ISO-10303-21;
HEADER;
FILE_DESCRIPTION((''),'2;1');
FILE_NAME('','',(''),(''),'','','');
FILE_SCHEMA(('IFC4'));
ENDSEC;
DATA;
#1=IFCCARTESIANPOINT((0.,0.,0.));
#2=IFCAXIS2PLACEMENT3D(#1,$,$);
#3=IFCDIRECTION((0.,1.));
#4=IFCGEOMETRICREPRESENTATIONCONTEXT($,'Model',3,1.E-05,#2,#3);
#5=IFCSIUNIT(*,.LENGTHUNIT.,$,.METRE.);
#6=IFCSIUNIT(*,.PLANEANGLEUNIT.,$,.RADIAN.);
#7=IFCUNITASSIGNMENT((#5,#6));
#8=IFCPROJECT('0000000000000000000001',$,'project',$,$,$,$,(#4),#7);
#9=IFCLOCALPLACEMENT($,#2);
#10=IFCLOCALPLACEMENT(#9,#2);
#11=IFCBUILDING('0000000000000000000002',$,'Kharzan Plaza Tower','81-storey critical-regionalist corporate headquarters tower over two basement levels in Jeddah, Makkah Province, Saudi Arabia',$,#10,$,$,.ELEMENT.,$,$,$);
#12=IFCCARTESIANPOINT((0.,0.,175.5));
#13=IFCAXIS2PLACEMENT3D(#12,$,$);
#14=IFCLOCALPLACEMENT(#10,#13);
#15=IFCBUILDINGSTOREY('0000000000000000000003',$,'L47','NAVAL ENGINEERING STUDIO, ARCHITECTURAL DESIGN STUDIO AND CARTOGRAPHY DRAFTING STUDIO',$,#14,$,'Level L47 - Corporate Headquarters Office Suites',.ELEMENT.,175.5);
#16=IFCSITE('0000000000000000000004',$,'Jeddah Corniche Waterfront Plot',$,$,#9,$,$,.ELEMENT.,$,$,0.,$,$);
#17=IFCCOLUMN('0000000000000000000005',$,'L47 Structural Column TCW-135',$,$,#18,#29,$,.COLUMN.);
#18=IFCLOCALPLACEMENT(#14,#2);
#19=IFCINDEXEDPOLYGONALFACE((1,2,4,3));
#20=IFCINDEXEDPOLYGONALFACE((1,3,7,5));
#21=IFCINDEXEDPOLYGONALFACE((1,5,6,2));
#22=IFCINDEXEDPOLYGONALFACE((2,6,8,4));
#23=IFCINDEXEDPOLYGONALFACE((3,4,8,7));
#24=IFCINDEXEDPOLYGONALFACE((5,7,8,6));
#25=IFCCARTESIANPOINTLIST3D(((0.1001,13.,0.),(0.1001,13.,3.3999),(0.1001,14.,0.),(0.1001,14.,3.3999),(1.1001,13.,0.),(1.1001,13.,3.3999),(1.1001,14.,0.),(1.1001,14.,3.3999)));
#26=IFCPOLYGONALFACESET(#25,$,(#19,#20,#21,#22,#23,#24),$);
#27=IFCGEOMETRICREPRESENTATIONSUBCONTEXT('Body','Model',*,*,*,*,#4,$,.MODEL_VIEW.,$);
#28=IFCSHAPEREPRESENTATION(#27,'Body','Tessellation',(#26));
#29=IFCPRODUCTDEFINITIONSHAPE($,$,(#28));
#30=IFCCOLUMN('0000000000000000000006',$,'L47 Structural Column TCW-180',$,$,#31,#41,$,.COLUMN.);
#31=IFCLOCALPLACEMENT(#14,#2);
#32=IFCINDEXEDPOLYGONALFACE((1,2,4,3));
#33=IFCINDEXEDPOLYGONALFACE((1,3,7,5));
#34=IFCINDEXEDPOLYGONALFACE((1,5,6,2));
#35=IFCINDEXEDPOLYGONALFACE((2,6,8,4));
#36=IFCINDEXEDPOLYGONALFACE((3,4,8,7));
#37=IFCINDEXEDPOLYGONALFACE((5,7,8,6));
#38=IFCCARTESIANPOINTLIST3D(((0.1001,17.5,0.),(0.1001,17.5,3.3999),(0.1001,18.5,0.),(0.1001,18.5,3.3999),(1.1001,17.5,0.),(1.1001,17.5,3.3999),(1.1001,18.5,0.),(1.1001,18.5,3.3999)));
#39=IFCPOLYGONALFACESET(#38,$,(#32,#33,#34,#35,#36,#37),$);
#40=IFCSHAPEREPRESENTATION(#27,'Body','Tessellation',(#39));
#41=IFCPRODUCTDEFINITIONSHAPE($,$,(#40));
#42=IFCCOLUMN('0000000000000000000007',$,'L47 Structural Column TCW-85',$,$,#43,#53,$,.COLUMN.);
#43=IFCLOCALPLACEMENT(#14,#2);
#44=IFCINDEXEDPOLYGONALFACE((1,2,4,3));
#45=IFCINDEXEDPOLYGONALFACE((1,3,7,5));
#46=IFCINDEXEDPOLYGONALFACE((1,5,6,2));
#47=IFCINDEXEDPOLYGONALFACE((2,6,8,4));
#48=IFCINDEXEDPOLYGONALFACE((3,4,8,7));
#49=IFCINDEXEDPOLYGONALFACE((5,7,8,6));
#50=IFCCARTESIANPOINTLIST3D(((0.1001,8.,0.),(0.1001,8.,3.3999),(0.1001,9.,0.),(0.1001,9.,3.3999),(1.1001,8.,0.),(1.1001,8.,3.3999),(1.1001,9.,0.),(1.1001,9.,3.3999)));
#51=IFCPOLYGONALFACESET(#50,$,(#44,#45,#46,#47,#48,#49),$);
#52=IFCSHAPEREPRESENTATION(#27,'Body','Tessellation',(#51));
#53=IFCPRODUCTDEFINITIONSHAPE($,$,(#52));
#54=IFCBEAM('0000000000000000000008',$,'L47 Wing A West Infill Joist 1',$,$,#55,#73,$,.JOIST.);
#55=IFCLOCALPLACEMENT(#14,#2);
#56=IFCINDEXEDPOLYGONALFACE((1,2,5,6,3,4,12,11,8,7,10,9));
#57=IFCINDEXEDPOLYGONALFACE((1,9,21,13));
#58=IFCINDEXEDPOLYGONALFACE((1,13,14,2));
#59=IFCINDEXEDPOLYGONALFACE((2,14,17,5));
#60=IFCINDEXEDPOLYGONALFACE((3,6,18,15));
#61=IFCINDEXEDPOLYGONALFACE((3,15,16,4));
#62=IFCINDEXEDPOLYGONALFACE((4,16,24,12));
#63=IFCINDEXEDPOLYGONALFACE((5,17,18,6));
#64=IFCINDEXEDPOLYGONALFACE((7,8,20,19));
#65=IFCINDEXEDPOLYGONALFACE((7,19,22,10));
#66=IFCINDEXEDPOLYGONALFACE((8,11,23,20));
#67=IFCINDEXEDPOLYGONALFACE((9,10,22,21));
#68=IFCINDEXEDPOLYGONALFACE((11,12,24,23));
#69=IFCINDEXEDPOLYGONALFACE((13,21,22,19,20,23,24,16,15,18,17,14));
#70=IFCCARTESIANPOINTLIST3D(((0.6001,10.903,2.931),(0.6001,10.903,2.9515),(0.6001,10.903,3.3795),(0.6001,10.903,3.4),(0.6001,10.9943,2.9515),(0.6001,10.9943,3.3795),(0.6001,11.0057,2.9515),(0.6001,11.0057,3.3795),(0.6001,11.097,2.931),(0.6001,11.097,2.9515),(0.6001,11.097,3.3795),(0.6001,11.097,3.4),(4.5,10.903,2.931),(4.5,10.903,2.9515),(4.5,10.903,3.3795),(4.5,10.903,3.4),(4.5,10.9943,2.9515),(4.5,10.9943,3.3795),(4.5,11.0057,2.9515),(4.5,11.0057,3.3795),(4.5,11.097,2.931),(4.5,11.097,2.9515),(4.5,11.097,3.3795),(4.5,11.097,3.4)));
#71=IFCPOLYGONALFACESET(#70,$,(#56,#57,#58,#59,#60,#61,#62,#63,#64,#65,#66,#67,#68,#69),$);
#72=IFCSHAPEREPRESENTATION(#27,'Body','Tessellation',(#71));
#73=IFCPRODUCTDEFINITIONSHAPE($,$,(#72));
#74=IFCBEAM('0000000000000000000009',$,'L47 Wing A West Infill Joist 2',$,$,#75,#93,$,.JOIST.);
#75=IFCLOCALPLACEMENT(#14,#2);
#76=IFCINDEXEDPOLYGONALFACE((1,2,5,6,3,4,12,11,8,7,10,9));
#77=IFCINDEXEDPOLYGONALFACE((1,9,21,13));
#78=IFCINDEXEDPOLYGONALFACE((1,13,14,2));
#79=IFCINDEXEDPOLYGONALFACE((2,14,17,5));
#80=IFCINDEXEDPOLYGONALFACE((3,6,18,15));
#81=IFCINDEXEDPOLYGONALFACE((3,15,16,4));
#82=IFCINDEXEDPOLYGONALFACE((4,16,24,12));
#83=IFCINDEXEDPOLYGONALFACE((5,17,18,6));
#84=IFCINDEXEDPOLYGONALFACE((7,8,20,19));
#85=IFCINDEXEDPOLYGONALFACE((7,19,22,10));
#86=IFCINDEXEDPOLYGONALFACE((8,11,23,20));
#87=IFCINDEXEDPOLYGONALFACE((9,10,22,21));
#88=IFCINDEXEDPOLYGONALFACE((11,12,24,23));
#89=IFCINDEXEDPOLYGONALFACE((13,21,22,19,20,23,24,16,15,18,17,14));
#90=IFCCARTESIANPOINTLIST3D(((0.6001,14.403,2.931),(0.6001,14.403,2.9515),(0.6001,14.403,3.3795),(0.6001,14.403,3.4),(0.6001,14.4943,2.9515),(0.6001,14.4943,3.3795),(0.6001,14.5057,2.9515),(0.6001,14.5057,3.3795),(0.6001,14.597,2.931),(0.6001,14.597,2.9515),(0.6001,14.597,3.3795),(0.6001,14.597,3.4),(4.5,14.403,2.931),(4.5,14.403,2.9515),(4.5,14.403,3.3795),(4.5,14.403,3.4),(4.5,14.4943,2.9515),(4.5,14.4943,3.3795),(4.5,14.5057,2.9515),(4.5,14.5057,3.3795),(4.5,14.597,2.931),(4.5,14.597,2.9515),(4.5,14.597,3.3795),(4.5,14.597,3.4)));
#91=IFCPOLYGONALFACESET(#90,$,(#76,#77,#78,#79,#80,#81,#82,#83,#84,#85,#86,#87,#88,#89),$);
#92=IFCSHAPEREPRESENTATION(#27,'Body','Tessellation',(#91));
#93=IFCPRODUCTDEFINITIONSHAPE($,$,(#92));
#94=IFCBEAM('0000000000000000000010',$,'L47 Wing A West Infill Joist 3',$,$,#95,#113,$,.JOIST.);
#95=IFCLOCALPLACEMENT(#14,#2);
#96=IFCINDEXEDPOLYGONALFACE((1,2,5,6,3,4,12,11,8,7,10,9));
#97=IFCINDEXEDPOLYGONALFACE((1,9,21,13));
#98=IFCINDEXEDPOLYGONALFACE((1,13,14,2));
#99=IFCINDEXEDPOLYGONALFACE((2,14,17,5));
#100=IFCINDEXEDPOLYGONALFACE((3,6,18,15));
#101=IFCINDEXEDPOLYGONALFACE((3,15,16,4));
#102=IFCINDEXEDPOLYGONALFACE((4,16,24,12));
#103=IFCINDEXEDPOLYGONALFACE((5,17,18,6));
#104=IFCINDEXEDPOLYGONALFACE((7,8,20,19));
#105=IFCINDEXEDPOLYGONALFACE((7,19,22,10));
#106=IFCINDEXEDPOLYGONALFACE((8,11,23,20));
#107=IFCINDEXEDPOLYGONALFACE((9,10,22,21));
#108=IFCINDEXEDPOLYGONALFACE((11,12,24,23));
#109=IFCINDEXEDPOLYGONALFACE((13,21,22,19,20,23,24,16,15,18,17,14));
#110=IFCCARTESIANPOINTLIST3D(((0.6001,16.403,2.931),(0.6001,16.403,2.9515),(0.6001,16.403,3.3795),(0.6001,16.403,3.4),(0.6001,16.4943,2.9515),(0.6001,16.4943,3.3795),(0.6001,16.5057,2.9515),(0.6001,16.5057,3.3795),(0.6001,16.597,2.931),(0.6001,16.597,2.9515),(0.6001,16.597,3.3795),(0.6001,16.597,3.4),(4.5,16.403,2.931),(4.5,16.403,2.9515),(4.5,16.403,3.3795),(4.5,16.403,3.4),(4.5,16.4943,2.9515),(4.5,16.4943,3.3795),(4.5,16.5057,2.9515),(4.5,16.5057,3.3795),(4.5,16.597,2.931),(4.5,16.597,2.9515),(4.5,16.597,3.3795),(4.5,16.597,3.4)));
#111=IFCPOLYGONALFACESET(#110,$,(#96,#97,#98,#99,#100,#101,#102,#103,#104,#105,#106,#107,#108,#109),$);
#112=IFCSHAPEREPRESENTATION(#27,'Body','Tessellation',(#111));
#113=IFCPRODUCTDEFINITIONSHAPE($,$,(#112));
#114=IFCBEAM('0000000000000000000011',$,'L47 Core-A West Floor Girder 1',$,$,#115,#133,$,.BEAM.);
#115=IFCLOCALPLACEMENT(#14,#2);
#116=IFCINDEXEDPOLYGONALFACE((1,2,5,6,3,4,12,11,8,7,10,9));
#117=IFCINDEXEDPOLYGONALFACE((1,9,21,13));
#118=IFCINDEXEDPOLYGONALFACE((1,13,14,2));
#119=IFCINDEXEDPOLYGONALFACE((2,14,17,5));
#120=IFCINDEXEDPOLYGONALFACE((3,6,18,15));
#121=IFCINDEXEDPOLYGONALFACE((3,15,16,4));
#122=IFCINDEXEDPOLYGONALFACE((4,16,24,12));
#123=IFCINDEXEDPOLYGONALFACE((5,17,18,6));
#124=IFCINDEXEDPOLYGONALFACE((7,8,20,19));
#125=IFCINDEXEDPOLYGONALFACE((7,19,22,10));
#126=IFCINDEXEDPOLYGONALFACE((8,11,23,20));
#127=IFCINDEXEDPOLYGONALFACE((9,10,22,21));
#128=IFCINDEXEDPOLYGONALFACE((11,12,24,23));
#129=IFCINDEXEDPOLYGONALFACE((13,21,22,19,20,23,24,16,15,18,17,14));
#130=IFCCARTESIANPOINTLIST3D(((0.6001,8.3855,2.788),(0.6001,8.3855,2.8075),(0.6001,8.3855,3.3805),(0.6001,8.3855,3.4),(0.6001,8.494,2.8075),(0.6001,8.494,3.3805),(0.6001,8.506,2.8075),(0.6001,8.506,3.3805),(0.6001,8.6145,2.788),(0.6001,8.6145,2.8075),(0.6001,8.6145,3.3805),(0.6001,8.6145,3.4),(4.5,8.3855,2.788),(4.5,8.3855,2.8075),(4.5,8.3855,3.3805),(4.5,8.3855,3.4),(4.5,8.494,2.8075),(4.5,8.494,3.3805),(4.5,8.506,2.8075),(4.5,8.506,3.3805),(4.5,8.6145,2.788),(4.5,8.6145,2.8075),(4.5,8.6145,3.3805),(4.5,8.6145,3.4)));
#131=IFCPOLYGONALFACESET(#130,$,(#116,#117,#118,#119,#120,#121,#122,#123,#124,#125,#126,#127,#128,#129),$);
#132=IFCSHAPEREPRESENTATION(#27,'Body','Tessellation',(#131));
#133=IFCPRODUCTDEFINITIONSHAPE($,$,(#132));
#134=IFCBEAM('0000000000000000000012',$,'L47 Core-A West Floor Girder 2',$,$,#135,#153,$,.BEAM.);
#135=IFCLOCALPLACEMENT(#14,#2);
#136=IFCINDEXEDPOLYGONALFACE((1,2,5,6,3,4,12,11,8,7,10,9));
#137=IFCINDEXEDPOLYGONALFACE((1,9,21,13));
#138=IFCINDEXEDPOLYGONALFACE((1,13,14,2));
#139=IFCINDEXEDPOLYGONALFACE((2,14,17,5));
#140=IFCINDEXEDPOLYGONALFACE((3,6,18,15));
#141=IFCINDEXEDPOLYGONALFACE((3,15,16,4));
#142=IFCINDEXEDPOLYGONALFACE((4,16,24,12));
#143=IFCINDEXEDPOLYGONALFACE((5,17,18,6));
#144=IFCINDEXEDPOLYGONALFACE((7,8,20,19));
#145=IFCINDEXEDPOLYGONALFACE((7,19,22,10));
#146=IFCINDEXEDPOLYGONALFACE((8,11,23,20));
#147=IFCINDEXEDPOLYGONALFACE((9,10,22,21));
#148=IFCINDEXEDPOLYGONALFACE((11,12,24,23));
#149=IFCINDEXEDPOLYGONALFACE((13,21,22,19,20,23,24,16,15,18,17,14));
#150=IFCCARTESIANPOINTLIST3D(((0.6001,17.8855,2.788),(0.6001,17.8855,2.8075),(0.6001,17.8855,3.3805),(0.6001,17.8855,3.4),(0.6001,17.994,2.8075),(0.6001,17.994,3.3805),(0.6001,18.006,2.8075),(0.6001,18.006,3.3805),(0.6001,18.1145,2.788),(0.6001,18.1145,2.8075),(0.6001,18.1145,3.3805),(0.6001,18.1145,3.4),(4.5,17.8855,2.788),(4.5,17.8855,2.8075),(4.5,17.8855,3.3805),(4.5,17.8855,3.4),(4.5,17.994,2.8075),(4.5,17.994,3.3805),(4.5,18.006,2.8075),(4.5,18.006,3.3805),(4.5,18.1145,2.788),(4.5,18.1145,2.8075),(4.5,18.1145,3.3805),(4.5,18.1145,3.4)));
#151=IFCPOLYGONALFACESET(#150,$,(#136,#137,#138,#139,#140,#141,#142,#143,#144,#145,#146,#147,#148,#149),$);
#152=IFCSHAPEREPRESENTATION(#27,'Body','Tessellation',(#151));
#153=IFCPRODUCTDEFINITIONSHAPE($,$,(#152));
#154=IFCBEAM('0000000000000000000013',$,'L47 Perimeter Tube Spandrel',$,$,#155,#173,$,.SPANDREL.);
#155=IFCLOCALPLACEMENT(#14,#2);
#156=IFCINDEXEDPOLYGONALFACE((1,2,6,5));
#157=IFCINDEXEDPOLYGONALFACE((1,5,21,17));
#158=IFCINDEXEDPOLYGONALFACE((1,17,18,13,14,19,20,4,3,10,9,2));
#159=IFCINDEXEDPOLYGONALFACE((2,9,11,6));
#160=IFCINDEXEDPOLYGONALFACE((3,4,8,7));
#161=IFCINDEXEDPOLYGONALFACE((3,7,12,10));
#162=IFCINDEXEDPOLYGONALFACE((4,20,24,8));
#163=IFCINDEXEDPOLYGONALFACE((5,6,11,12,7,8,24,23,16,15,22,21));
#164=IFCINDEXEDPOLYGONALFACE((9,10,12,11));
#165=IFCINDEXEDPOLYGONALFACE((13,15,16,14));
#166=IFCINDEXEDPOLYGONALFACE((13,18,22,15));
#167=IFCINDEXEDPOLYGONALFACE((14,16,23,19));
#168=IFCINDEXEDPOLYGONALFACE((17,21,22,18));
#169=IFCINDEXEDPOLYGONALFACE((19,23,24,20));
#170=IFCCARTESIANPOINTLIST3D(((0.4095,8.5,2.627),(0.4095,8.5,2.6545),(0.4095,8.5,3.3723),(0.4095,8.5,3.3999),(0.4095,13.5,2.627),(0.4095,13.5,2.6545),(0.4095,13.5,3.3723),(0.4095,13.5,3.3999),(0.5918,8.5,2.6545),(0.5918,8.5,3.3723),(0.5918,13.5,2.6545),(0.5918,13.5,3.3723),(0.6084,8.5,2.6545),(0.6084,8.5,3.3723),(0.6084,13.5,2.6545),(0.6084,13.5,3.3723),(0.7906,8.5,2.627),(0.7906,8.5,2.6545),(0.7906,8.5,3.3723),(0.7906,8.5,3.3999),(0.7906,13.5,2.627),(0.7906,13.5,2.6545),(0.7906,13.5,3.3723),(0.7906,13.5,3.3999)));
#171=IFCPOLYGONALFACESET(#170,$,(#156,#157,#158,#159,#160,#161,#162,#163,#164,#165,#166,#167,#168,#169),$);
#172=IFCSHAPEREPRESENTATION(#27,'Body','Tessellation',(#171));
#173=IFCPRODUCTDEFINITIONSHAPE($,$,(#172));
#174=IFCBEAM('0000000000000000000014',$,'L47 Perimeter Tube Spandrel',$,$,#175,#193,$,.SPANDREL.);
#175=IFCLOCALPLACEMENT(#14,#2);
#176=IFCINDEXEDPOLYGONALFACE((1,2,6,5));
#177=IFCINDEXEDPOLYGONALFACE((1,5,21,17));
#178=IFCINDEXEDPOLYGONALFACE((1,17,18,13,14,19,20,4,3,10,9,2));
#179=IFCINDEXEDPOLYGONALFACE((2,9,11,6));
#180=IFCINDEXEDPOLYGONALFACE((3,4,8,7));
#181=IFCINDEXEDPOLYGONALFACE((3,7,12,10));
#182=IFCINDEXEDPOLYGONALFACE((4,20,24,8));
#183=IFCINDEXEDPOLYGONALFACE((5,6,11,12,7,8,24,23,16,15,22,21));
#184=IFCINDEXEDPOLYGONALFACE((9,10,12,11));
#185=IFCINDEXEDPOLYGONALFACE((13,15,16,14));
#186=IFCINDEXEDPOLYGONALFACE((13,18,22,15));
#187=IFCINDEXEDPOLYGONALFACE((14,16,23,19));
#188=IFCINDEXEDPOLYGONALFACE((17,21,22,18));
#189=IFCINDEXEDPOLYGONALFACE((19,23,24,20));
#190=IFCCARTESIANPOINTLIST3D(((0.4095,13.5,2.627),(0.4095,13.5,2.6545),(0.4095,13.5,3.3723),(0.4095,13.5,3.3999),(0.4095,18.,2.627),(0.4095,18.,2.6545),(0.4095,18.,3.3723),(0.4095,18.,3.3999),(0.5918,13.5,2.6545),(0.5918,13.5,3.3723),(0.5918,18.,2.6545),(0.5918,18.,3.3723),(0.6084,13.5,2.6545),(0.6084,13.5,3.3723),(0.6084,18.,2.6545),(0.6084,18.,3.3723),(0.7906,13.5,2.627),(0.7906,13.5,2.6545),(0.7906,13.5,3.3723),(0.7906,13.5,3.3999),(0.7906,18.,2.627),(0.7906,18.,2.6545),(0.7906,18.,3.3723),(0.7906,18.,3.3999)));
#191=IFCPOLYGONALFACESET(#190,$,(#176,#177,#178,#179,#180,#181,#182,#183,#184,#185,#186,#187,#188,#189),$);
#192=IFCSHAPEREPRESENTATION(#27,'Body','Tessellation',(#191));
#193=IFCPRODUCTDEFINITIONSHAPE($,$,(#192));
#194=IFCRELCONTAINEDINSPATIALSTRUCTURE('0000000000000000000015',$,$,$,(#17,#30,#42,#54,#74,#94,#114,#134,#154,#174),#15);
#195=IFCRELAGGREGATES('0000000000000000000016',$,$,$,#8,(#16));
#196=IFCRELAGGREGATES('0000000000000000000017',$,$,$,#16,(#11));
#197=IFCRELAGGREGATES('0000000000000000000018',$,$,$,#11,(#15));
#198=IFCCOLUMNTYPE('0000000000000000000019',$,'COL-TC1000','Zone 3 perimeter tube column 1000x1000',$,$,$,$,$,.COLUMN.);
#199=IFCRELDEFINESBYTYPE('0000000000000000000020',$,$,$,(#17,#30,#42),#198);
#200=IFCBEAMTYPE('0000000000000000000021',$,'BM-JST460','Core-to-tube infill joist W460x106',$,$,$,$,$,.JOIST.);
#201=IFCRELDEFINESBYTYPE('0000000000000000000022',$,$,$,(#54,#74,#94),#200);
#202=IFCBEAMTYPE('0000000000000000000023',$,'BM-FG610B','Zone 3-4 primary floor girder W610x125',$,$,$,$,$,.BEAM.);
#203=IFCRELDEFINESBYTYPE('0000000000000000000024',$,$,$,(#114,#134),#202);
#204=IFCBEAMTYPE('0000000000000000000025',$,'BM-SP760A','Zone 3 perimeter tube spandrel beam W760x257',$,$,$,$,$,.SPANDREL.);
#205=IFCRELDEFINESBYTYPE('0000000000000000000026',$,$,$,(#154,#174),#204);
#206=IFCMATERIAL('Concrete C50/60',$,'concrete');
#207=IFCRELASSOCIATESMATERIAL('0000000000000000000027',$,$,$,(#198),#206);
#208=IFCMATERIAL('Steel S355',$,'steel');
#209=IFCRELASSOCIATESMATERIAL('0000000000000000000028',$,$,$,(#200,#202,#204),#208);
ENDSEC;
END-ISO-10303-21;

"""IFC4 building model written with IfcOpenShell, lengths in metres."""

from ifc_helpers import new_model, si_unit, direction, frame, origin, origin_2d, place, context, subcontext, project, spatial, rectangle, i_section, extrude, source, transform, mapped, material, material_profile, profile_set, type_object, element, save


model = new_model("IFC4")

# Units and contexts
model_context = context("Model", 3, precision=1e-05, world=origin(), true_north=direction((0.0, 1.0)))
body_context = subcontext(model_context, "Body", "Model", "MODEL_VIEW")
ifc_project = project(units=[si_unit("LENGTHUNIT", "METRE"), si_unit("PLANEANGLEUNIT", "RADIAN")], contexts=[model_context])

# Site, building, storey
site_placement = place(None, origin())
site = spatial("IfcSite", under=ifc_project, at=site_placement, Name="Jeddah Corniche Waterfront Plot", CompositionType="ELEMENT", RefElevation=0.0)
building_placement = place(site_placement, origin())
building = spatial("IfcBuilding", under=site, at=building_placement, Name="Kharzan Plaza Tower", Description="81-storey critical-regionalist corporate headquarters tower over two basement levels in Jeddah, Makkah Province, Saudi Arabia", CompositionType="ELEMENT")
storey_placement = place(building_placement, frame((0.0, 0.0, 175.5)))
storey = spatial("IfcBuildingStorey", under=building, at=storey_placement, Name="L47", Description="NAVAL ENGINEERING STUDIO, ARCHITECTURAL DESIGN STUDIO AND CARTOGRAPHY DRAFTING STUDIO", LongName="Level L47 - Corporate Headquarters Office Suites", CompositionType="ELEMENT", Elevation=175.5)

# Columns
ifc_material_1 = material(Name="Concrete C50/60", Category="concrete")
ifc_material_profile_1 = material_profile(ifc_material_1, rectangle(XDim=1.0, YDim=1.0, at=origin_2d()), Name="RC-TC1000x1000")
ifc_profile_set_1 = profile_set([ifc_material_profile_1], Name="Concrete C50/60")
column_type = type_object("IfcColumnType", Name="COL-TC1000", Description="Zone 3 perimeter tube column 1000x1000", PredefinedType="COLUMN", material=ifc_profile_set_1)
shared_shape_1 = source(origin(), body_context, "Body", "SweptSolid", [
    extrude(rectangle(XDim=1.0, YDim=1.0, at=origin_2d()), origin(), (0.0, 0.0, 1.0), 3.3999),
])
for number, where, z_axis, x_axis, name in (
    (1, (0.6001, 13.5, 0.0), (0.0, 0.0, 1.0), (1.0, 0.0, 0.0), "L47 Structural Column TCW-135"),
    (2, (0.6001, 18.0, 0.0), (0.0, 0.0, 1.0), (1.0, 0.0, 0.0), "L47 Structural Column TCW-180"),
    (3, (0.6001, 8.5, 0.0), (0.0, 0.0, 1.0), (1.0, 0.0, 0.0), "L47 Structural Column TCW-85"),
):
    element("IfcColumn", number, at=place(storey_placement, frame(where, z_axis=z_axis, x_axis=x_axis)), inside=storey, type_object=column_type, Name=name, PredefinedType="COLUMN", context=body_context, shape_type="MappedRepresentation", body=[
        mapped(shared_shape_1, transform((0.0, 0.0, 0.0), x_axis=(1.0, 0.0, 0.0), y_axis=(0.0, 1.0, 0.0), z_axis=(0.0, 0.0, 1.0))),
    ])

# Beams
ifc_material_2 = material(Name="Steel S355", Category="steel")
ifc_material_profile_2 = material_profile(ifc_material_2, i_section(OverallWidth=0.1941, OverallDepth=0.469, WebThickness=0.0115, FlangeThickness=0.0205, at=origin_2d()), Name="W460x106")
ifc_profile_set_2 = profile_set([ifc_material_profile_2], Name="Steel S355")
beam_type_1 = type_object("IfcBeamType", Name="BM-JST460", Description="Core-to-tube infill joist W460x106", PredefinedType="JOIST", material=ifc_profile_set_2)
shared_shape_2 = source(origin(), body_context, "Body", "SweptSolid", [
    extrude(i_section(OverallWidth=0.1941, OverallDepth=0.469, WebThickness=0.0115, FlangeThickness=0.0205, at=origin_2d()), origin(), (0.0, 0.0, 1.0), 3.8999),
])
for number, where, z_axis, x_axis, name in (
    (4, (0.6001, 11.0, 3.1655), (1.0, 0.0, 0.0), (0.0, 1.0, 0.0), "L47 Wing A West Infill Joist 1"),
    (5, (0.6001, 14.5, 3.1655), (1.0, 0.0, 0.0), (0.0, 1.0, 0.0), "L47 Wing A West Infill Joist 2"),
    (6, (0.6001, 16.5, 3.1655), (1.0, 0.0, 0.0), (0.0, 1.0, 0.0), "L47 Wing A West Infill Joist 3"),
):
    element("IfcBeam", number, at=place(storey_placement, frame(where, z_axis=z_axis, x_axis=x_axis)), inside=storey, type_object=beam_type_1, Name=name, PredefinedType="JOIST", context=body_context, shape_type="MappedRepresentation", body=[
        mapped(shared_shape_2, transform((0.0, 0.0, 0.0), x_axis=(1.0, 0.0, 0.0), y_axis=(0.0, 1.0, 0.0), z_axis=(0.0, 0.0, 1.0))),
    ])
ifc_material_profile_3 = material_profile(ifc_material_2, i_section(OverallWidth=0.229, OverallDepth=0.6121, WebThickness=0.012, FlangeThickness=0.0195, at=origin_2d()), Name="W610x125")
ifc_profile_set_3 = profile_set([ifc_material_profile_3], Name="Steel S355")
beam_type_2 = type_object("IfcBeamType", Name="BM-FG610B", Description="Zone 3-4 primary floor girder W610x125", PredefinedType="BEAM", material=ifc_profile_set_3)
shared_shape_3 = source(origin(), body_context, "Body", "SweptSolid", [
    extrude(i_section(OverallWidth=0.229, OverallDepth=0.6121, WebThickness=0.012, FlangeThickness=0.0195, at=origin_2d()), origin(), (0.0, 0.0, 1.0), 3.8999),
])
for number, where, z_axis, x_axis, name in (
    (7, (0.6001, 8.5, 3.094), (1.0, 0.0, 0.0), (0.0, 1.0, 0.0), "L47 Core-A West Floor Girder 1"),
    (8, (0.6001, 18.0, 3.094), (1.0, 0.0, 0.0), (0.0, 1.0, 0.0), "L47 Core-A West Floor Girder 2"),
):
    element("IfcBeam", number, at=place(storey_placement, frame(where, z_axis=z_axis, x_axis=x_axis)), inside=storey, type_object=beam_type_2, Name=name, PredefinedType="BEAM", context=body_context, shape_type="MappedRepresentation", body=[
        mapped(shared_shape_3, transform((0.0, 0.0, 0.0), x_axis=(1.0, 0.0, 0.0), y_axis=(0.0, 1.0, 0.0), z_axis=(0.0, 0.0, 1.0))),
    ])
ifc_material_profile_4 = material_profile(ifc_material_2, i_section(OverallWidth=0.3811, OverallDepth=0.7729, WebThickness=0.0166, FlangeThickness=0.0276, at=origin_2d()), Name="W760x257")
ifc_profile_set_4 = profile_set([ifc_material_profile_4], Name="Steel S355")
beam_type_3 = type_object("IfcBeamType", Name="BM-SP760A", Description="Zone 3 perimeter tube spandrel beam W760x257", PredefinedType="SPANDREL", material=ifc_profile_set_4)
shared_shape_4 = source(origin(), body_context, "Body", "SweptSolid", [
    extrude(i_section(OverallWidth=0.3811, OverallDepth=0.7729, WebThickness=0.0166, FlangeThickness=0.0276, at=origin_2d()), origin(), (0.0, 0.0, 1.0), 5.0),
])
beam_placement = place(storey_placement, frame((0.6001, 8.5, 3.0134), z_axis=(0.0, 1.0, 0.0), x_axis=(-1.0, 0.0, 0.0)))
element("IfcBeam", 9, at=beam_placement, inside=storey, type_object=beam_type_3, Name="L47 Perimeter Tube Spandrel", PredefinedType="SPANDREL", context=body_context, shape_type="MappedRepresentation", body=[
    mapped(shared_shape_4, transform((0.0, 0.0, 0.0), x_axis=(1.0, 0.0, 0.0), y_axis=(0.0, 1.0, 0.0), z_axis=(0.0, 0.0, 1.0))),
])
shared_shape_5 = source(origin(), body_context, "Body", "SweptSolid", [
    extrude(i_section(OverallWidth=0.3811, OverallDepth=0.7729, WebThickness=0.0166, FlangeThickness=0.0276, at=origin_2d()), origin(), (0.0, 0.0, 1.0), 4.5),
])
for number, where, z_axis, x_axis, name in (
    (10, (0.6001, 13.5, 3.0134), (0.0, 1.0, 0.0), (-1.0, 0.0, 0.0), "L47 Perimeter Tube Spandrel"),
):
    element("IfcBeam", number, at=place(storey_placement, frame(where, z_axis=z_axis, x_axis=x_axis)), inside=storey, type_object=beam_type_3, Name=name, PredefinedType="SPANDREL", context=body_context, shape_type="MappedRepresentation", body=[
        mapped(shared_shape_5, transform((0.0, 0.0, 0.0), x_axis=(1.0, 0.0, 0.0), y_axis=(0.0, 1.0, 0.0), z_axis=(0.0, 0.0, 1.0))),
    ])

save(model, "model.ifc")
